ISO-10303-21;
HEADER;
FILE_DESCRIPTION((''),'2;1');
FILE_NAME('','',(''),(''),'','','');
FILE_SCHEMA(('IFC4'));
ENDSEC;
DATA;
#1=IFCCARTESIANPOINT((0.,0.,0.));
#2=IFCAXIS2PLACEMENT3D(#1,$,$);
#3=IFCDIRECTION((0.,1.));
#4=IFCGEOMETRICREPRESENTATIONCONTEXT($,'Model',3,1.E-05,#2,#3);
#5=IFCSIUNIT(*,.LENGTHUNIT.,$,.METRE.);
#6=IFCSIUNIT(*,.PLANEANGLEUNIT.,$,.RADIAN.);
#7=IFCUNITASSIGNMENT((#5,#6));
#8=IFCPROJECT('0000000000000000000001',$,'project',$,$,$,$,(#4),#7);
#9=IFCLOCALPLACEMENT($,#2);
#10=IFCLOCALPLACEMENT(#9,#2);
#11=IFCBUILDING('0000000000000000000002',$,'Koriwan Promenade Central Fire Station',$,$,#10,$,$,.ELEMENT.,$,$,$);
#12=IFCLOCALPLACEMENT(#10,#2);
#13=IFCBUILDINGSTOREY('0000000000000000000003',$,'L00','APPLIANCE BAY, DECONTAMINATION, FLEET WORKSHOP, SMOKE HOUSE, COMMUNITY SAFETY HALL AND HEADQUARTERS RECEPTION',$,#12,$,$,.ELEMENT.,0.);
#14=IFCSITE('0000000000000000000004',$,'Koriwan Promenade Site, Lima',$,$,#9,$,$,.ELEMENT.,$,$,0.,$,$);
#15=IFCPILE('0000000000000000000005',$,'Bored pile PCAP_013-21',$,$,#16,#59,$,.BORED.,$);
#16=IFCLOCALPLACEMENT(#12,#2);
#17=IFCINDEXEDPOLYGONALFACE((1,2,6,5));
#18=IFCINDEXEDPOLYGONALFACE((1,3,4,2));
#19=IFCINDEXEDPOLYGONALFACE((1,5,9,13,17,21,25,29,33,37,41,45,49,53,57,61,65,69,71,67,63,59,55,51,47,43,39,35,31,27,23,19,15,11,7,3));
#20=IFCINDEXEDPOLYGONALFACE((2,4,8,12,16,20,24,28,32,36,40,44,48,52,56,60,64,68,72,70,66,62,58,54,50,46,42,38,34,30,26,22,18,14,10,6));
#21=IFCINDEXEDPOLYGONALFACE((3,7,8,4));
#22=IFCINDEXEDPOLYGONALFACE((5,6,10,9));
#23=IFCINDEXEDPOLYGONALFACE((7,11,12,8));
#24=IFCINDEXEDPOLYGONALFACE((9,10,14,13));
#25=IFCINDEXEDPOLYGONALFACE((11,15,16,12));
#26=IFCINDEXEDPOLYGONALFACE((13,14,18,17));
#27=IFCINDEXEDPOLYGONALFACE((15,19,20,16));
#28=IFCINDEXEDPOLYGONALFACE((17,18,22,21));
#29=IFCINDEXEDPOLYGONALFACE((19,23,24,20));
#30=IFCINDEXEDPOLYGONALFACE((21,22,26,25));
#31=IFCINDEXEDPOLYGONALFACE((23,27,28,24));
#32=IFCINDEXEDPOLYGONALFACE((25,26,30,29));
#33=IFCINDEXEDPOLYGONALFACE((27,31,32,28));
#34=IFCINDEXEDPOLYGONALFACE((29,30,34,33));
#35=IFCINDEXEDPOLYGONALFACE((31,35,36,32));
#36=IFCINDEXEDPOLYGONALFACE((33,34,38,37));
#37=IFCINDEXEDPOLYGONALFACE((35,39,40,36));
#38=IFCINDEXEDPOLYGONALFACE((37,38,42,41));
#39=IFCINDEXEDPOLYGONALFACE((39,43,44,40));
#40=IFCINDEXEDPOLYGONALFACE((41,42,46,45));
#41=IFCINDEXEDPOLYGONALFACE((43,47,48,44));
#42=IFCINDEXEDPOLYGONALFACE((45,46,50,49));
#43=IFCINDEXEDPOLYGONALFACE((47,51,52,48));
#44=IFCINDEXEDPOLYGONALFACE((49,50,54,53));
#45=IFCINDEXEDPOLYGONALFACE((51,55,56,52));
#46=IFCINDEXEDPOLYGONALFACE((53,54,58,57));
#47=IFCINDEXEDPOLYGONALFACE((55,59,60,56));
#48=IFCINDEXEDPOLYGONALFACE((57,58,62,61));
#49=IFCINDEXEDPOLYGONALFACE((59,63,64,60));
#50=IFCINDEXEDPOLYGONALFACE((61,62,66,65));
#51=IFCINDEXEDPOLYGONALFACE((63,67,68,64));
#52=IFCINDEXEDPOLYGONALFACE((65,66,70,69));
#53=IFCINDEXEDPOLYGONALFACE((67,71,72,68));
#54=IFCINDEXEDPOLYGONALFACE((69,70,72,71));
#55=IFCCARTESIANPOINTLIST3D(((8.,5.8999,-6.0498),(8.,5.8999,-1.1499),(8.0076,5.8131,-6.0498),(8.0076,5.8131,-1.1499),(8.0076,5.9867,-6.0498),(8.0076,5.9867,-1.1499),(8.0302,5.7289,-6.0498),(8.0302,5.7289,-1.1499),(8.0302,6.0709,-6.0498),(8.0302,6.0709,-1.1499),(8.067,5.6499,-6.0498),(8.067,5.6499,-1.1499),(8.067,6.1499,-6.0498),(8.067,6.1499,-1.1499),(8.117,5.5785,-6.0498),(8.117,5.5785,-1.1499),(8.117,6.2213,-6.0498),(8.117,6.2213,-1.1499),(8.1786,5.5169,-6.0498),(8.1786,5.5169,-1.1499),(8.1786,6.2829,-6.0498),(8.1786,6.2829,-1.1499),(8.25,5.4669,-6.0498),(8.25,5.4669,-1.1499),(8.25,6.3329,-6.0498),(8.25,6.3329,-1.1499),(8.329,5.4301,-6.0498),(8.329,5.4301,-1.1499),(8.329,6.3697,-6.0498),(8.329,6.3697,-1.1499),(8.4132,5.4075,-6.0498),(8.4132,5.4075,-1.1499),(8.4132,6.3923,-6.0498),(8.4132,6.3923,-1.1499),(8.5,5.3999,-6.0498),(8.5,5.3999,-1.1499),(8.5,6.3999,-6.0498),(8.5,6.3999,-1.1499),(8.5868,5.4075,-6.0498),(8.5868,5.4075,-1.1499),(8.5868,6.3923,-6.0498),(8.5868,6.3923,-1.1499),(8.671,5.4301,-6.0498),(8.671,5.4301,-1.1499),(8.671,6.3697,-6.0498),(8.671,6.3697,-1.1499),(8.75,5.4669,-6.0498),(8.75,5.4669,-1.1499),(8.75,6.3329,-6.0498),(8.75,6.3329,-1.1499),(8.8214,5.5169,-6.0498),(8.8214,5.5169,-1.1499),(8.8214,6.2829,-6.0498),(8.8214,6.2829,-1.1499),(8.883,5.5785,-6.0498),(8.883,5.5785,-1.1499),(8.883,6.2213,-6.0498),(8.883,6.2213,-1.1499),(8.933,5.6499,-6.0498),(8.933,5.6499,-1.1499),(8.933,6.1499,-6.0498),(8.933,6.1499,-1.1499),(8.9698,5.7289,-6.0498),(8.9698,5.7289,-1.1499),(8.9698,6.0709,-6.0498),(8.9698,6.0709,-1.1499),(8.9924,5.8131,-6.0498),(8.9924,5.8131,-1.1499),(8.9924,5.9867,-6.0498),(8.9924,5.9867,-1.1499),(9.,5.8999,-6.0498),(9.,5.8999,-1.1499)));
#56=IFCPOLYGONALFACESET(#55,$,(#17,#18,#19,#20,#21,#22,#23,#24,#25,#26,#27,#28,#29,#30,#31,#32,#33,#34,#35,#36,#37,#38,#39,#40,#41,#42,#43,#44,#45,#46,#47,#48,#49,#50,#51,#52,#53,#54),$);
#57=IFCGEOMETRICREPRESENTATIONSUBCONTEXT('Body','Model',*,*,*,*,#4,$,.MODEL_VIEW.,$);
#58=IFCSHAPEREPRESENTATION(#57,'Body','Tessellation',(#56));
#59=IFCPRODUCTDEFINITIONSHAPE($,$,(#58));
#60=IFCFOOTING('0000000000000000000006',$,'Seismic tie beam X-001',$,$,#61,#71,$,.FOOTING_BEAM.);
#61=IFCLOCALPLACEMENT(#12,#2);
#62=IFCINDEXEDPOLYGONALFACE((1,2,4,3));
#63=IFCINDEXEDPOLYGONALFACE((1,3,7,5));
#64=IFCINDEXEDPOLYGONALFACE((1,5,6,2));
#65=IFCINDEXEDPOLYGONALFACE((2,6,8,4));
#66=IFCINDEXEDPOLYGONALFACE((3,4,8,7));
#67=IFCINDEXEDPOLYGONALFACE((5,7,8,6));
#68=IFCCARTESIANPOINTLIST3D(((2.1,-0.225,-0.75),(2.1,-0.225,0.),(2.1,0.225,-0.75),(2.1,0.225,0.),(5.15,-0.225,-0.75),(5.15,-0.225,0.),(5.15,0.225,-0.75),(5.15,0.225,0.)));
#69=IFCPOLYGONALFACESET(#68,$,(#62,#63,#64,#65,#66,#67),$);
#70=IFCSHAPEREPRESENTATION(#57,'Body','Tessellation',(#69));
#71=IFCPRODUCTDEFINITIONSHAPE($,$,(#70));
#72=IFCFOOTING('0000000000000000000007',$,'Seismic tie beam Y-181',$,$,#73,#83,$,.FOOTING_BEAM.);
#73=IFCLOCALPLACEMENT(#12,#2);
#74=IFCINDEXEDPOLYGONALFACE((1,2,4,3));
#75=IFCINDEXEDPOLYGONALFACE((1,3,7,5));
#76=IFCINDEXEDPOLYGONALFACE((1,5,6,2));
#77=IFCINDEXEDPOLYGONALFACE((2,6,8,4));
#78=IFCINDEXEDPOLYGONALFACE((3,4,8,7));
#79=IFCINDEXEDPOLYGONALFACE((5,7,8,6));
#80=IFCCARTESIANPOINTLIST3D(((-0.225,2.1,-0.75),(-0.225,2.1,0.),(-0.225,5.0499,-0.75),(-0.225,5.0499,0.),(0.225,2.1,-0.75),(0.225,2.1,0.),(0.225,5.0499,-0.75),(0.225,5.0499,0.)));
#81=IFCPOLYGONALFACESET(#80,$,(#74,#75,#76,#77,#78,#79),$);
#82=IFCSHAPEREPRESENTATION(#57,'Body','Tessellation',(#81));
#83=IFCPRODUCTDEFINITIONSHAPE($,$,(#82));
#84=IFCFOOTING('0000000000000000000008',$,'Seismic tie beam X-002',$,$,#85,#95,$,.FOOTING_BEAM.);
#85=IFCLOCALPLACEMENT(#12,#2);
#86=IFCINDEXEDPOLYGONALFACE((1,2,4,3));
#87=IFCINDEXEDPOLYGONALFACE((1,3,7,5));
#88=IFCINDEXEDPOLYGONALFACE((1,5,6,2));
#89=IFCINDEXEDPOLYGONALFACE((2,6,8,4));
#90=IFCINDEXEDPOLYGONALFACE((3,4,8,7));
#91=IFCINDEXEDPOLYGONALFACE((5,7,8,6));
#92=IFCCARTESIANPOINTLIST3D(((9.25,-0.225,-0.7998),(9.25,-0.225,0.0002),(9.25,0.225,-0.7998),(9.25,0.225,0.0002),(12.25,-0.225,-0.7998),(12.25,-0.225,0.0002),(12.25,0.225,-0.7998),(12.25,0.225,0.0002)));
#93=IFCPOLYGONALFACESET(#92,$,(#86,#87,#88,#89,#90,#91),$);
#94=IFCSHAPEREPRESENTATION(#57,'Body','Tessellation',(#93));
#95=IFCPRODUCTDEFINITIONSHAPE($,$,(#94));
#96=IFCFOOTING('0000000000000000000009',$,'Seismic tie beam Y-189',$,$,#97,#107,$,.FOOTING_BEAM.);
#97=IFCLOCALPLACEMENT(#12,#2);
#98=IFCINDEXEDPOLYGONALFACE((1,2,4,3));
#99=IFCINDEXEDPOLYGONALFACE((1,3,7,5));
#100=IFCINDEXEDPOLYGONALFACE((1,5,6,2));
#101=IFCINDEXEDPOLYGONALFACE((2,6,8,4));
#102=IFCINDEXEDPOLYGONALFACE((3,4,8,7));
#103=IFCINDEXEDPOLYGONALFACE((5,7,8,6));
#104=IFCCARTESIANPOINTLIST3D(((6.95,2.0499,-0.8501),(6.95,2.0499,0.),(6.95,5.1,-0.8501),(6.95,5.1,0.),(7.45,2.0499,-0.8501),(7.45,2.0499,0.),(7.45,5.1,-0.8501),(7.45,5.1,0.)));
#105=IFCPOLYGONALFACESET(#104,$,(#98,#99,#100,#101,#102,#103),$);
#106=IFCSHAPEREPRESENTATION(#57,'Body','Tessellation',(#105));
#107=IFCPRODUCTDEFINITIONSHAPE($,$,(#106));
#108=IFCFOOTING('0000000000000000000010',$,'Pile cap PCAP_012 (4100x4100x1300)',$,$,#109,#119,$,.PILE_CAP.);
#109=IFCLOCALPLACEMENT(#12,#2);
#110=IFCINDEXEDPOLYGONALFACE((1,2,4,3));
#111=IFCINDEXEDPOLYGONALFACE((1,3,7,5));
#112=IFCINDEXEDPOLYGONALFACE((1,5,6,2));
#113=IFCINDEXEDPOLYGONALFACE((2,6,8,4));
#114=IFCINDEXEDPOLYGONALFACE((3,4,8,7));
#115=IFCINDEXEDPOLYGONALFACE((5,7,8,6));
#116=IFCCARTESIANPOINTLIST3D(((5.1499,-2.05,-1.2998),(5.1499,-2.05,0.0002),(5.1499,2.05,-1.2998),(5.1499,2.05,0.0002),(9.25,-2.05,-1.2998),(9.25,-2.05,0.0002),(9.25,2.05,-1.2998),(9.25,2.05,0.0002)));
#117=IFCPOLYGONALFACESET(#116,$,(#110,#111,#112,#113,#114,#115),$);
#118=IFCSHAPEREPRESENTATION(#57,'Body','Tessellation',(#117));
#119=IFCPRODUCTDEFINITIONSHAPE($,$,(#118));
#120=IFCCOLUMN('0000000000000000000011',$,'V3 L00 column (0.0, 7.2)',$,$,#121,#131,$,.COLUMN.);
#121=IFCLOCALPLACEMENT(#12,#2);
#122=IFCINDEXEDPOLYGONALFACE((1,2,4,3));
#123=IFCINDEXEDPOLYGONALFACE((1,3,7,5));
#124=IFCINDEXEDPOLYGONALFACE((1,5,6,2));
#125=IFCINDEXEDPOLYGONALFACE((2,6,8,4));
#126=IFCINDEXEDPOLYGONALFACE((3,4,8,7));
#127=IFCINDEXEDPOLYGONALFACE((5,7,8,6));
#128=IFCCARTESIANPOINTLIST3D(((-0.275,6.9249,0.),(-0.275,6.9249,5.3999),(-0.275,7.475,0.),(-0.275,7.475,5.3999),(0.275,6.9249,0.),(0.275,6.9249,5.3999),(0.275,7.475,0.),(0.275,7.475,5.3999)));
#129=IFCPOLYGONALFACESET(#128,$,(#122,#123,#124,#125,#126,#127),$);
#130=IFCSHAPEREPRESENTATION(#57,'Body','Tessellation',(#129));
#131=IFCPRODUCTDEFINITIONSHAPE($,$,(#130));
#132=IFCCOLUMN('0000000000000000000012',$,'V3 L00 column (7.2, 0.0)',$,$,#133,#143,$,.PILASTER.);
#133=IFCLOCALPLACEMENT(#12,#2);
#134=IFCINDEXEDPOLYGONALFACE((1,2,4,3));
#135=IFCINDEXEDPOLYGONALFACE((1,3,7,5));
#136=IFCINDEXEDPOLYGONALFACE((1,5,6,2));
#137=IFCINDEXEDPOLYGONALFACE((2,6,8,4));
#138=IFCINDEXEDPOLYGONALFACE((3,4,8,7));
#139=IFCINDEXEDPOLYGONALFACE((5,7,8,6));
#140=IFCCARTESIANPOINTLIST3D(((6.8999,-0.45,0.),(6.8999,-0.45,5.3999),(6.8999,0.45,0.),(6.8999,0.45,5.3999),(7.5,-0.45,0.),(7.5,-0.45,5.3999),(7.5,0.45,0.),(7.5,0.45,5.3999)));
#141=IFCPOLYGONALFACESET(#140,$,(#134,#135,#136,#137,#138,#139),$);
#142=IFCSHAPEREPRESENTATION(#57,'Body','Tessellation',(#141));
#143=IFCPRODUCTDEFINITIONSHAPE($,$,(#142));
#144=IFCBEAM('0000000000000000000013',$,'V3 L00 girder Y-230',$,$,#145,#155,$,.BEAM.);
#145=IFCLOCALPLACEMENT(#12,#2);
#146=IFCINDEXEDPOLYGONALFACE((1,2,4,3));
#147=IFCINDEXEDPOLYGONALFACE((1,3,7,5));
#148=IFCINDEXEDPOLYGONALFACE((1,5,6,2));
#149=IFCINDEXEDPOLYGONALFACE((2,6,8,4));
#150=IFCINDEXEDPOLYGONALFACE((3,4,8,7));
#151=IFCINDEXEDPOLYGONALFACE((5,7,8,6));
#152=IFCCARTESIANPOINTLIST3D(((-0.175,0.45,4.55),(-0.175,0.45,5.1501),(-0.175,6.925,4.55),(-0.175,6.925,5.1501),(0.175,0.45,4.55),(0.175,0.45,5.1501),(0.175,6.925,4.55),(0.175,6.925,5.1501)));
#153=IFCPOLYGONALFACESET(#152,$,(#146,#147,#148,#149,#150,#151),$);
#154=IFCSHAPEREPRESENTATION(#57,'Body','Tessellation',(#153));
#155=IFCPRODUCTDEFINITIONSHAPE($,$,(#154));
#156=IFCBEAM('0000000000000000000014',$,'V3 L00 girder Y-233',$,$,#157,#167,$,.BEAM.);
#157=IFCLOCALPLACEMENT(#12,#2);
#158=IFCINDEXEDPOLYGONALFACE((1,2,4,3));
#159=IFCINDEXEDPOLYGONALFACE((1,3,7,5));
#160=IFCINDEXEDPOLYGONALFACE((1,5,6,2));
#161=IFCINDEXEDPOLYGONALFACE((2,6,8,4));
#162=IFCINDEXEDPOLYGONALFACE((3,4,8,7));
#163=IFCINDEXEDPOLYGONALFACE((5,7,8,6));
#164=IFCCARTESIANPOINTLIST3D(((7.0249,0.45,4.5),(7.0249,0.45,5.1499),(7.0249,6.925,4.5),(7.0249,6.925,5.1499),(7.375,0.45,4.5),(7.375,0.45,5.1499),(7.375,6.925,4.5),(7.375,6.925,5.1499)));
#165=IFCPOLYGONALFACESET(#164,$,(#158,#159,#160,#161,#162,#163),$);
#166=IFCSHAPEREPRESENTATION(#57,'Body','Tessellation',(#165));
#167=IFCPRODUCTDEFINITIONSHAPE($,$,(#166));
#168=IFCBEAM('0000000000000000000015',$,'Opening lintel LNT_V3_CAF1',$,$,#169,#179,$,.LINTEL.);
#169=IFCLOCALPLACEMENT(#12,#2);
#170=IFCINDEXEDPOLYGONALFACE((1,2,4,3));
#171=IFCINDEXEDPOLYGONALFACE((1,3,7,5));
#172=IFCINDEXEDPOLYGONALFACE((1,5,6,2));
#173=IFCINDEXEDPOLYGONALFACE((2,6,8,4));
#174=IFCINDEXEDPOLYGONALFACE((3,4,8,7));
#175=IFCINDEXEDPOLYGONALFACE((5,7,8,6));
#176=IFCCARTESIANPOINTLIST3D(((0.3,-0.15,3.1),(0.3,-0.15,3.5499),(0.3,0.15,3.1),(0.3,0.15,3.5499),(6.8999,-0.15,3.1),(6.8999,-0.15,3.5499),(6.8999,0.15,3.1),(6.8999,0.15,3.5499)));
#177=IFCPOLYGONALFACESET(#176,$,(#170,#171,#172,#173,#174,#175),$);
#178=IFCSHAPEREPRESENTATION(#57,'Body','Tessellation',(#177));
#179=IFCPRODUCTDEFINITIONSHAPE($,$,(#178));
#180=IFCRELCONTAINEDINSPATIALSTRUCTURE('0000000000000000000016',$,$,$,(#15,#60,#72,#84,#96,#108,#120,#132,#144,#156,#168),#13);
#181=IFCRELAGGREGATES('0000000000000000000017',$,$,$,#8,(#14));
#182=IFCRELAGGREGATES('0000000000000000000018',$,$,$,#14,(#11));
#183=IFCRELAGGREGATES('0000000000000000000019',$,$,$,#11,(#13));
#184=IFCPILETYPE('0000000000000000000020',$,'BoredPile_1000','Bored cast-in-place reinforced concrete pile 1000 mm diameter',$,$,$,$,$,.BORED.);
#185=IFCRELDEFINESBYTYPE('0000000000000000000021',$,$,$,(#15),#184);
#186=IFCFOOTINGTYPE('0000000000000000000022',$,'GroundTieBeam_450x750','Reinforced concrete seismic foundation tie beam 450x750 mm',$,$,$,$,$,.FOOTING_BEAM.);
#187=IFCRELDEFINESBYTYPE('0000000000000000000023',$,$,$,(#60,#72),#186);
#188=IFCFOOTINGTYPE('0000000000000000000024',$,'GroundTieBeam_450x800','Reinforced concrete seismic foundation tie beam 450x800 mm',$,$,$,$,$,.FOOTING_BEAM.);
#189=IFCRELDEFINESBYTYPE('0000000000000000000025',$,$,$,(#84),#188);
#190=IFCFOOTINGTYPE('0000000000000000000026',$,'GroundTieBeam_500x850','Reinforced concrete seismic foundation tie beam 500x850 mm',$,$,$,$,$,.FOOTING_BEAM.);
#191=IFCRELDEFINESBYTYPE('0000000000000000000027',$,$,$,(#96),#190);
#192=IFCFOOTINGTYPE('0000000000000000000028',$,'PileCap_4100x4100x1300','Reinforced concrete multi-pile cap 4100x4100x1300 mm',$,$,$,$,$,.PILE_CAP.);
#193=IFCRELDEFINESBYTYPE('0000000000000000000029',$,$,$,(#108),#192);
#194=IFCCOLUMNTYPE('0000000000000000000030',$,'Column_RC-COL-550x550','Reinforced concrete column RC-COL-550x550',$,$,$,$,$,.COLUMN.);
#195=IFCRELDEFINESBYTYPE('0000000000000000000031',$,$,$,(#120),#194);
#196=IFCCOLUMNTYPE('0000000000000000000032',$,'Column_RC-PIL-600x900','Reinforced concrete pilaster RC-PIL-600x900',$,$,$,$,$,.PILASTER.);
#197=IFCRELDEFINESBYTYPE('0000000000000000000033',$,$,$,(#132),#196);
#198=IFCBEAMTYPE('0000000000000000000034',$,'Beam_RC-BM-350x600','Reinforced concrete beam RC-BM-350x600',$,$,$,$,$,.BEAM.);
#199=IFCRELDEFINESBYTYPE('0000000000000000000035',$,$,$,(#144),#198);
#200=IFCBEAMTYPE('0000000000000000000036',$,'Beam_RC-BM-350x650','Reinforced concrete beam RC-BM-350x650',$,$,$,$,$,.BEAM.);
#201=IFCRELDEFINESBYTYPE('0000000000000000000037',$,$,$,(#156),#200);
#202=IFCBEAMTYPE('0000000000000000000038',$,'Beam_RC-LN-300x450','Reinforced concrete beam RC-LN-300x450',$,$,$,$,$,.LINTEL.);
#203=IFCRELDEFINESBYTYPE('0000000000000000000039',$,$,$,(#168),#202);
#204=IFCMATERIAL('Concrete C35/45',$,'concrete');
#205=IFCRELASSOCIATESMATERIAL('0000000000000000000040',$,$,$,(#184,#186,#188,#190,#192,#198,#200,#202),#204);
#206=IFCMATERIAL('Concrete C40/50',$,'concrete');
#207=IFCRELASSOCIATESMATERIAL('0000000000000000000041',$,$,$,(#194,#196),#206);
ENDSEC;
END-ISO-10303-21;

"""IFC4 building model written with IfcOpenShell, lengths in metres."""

from ifc_helpers import new_model, si_unit, direction, frame, origin, origin_2d, place, context, subcontext, project, spatial, rectangle, circle, extrude, material, material_profile, profile_set, type_object, element, save


model = new_model("IFC4")

# Units and contexts
model_context = context("Model", 3, precision=1e-05, world=origin(), true_north=direction((0.0, 1.0)))
body_context = subcontext(model_context, "Body", "Model", "MODEL_VIEW")
ifc_project = project(units=[si_unit("LENGTHUNIT", "METRE"), si_unit("PLANEANGLEUNIT", "RADIAN")], contexts=[model_context])

# Site, building, storey
site_placement = place(None, origin())
site = spatial("IfcSite", under=ifc_project, at=site_placement, Name="Koriwan Promenade Site, Lima", CompositionType="ELEMENT", RefElevation=0.0)
building_placement = place(site_placement, origin())
building = spatial("IfcBuilding", under=site, at=building_placement, Name="Koriwan Promenade Central Fire Station", CompositionType="ELEMENT")
storey_placement = place(building_placement, origin())
storey = spatial("IfcBuildingStorey", under=building, at=storey_placement, Name="L00", Description="APPLIANCE BAY, DECONTAMINATION, FLEET WORKSHOP, SMOKE HOUSE, COMMUNITY SAFETY HALL AND HEADQUARTERS RECEPTION", CompositionType="ELEMENT", Elevation=0.0)

# Pile
ifc_material_1 = material(Name="Concrete C35/45", Category="concrete")
ifc_material_profile_1 = material_profile(ifc_material_1, circle(Radius=0.5, at=origin_2d()), Name="PILE-D1000")
ifc_profile_set_1 = profile_set([ifc_material_profile_1], Name="Concrete C35/45")
pile_type = type_object("IfcPileType", Name="BoredPile_1000", Description="Bored cast-in-place reinforced concrete pile 1000 mm diameter", PredefinedType="BORED", material=ifc_profile_set_1)
for number, where, z_axis, x_axis, name in (
    (1, (8.5, 5.8999, -1.1499), (0.0, 0.0, -1.0), (1.0, 0.0, 0.0), "Bored pile PCAP_013-21"),
):
    element("IfcPile", number, at=place(storey_placement, frame(where, z_axis=z_axis, x_axis=x_axis)), inside=storey, type_object=pile_type, Name=name, PredefinedType="BORED", context=body_context, shape_type="SweptSolid", body=[
        extrude(circle(Radius=0.5, at=origin_2d()), origin(), (0.0, 0.0, 1.0), 4.8999),
    ])

# Footings
footing_type_1 = type_object("IfcFootingType", Name="GroundTieBeam_450x750", Description="Reinforced concrete seismic foundation tie beam 450x750 mm", PredefinedType="FOOTING_BEAM", material=ifc_material_1)
footing_1_placement = place(storey_placement, frame((3.625, 0.0, -0.75), z_axis=(0.0, 0.0, 1.0), x_axis=(1.0, 0.0, 0.0)))
element("IfcFooting", 2, at=footing_1_placement, inside=storey, type_object=footing_type_1, Name="Seismic tie beam X-001", PredefinedType="FOOTING_BEAM", context=body_context, shape_type="SweptSolid", body=[
    extrude(rectangle(XDim=3.05, YDim=0.45, at=origin_2d()), origin(), (0.0, 0.0, 1.0), 0.75),
])
footing_2_placement = place(storey_placement, frame((0.0, 3.575, -0.75), z_axis=(0.0, 0.0, 1.0), x_axis=(0.0, 1.0, 0.0)))
element("IfcFooting", 3, at=footing_2_placement, inside=storey, type_object=footing_type_1, Name="Seismic tie beam Y-181", PredefinedType="FOOTING_BEAM", context=body_context, shape_type="SweptSolid", body=[
    extrude(rectangle(XDim=2.95, YDim=0.45, at=origin_2d()), origin(), (0.0, 0.0, 1.0), 0.75),
])
footing_type_2 = type_object("IfcFootingType", Name="GroundTieBeam_450x800", Description="Reinforced concrete seismic foundation tie beam 450x800 mm", PredefinedType="FOOTING_BEAM", material=ifc_material_1)
footing_3_placement = place(storey_placement, frame((10.75, 0.0, -0.7998), z_axis=(0.0, 0.0, 1.0), x_axis=(1.0, 0.0, 0.0)))
element("IfcFooting", 4, at=footing_3_placement, inside=storey, type_object=footing_type_2, Name="Seismic tie beam X-002", PredefinedType="FOOTING_BEAM", context=body_context, shape_type="SweptSolid", body=[
    extrude(rectangle(XDim=3.0, YDim=0.45, at=origin_2d()), origin(), (0.0, 0.0, 1.0), 0.8),
])
footing_type_3 = type_object("IfcFootingType", Name="GroundTieBeam_500x850", Description="Reinforced concrete seismic foundation tie beam 500x850 mm", PredefinedType="FOOTING_BEAM", material=ifc_material_1)
footing_4_placement = place(storey_placement, frame((7.2, 3.575, -0.8501), z_axis=(0.0, 0.0, 1.0), x_axis=(0.0, 1.0, 0.0)))
element("IfcFooting", 5, at=footing_4_placement, inside=storey, type_object=footing_type_3, Name="Seismic tie beam Y-189", PredefinedType="FOOTING_BEAM", context=body_context, shape_type="SweptSolid", body=[
    extrude(rectangle(XDim=3.05, YDim=0.5, at=origin_2d()), origin(), (0.0, 0.0, 1.0), 0.8501),
])
footing_type_4 = type_object("IfcFootingType", Name="PileCap_4100x4100x1300", Description="Reinforced concrete multi-pile cap 4100x4100x1300 mm", PredefinedType="PILE_CAP", material=ifc_material_1)
footing_5_placement = place(storey_placement, frame((7.2, 0.0, -1.2998), z_axis=(0.0, 0.0, 1.0), x_axis=(1.0, 0.0, 0.0)))
element("IfcFooting", 6, at=footing_5_placement, inside=storey, type_object=footing_type_4, Name="Pile cap PCAP_012 (4100x4100x1300)", PredefinedType="PILE_CAP", context=body_context, shape_type="SweptSolid", body=[
    extrude(rectangle(XDim=4.1001, YDim=4.1001, at=origin_2d()), origin(), (0.0, 0.0, 1.0), 1.3),
])

# Columns
ifc_material_2 = material(Name="Concrete C40/50", Category="concrete")
ifc_material_profile_2 = material_profile(ifc_material_2, rectangle(XDim=0.55, YDim=0.55, at=origin_2d()), Name="RC-COL-550x550")
ifc_profile_set_2 = profile_set([ifc_material_profile_2], Name="Concrete C40/50")
column_type_1 = type_object("IfcColumnType", Name="Column_RC-COL-550x550", Description="Reinforced concrete column RC-COL-550x550", PredefinedType="COLUMN", material=ifc_profile_set_2)
column_1_placement = place(storey_placement, frame((0.0, 7.2, 0.0), z_axis=(0.0, 0.0, 1.0), x_axis=(1.0, 0.0, 0.0)))
element("IfcColumn", 7, at=column_1_placement, inside=storey, type_object=column_type_1, Name="V3 L00 column (0.0, 7.2)", PredefinedType="COLUMN", context=body_context, shape_type="SweptSolid", body=[
    extrude(rectangle(XDim=0.55, YDim=0.55, at=origin_2d()), origin(), (0.0, 0.0, 1.0), 5.3999),
])
ifc_material_profile_3 = material_profile(ifc_material_2, rectangle(XDim=0.6001, YDim=0.8999, at=origin_2d()), Name="RC-PIL-600x900")
ifc_profile_set_3 = profile_set([ifc_material_profile_3], Name="Concrete C40/50")
column_type_2 = type_object("IfcColumnType", Name="Column_RC-PIL-600x900", Description="Reinforced concrete pilaster RC-PIL-600x900", PredefinedType="PILASTER", material=ifc_profile_set_3)
column_2_placement = place(storey_placement, frame((7.2, 0.0, 0.0), z_axis=(0.0, 0.0, 1.0), x_axis=(1.0, 0.0, 0.0)))
element("IfcColumn", 8, at=column_2_placement, inside=storey, type_object=column_type_2, Name="V3 L00 column (7.2, 0.0)", PredefinedType="PILASTER", context=body_context, shape_type="SweptSolid", body=[
    extrude(rectangle(XDim=0.6001, YDim=0.8999, at=origin_2d()), origin(), (0.0, 0.0, 1.0), 5.3999),
])

# Beams
ifc_material_profile_4 = material_profile(ifc_material_1, rectangle(XDim=0.3501, YDim=0.6001, at=origin_2d()), Name="RC-BM-350x600")
ifc_profile_set_4 = profile_set([ifc_material_profile_4], Name="Concrete C35/45")
beam_type_1 = type_object("IfcBeamType", Name="Beam_RC-BM-350x600", Description="Reinforced concrete beam RC-BM-350x600", PredefinedType="BEAM", material=ifc_profile_set_4)
beam_1_placement = place(storey_placement, frame((0.0, 0.45, 4.8501), z_axis=(0.0, 1.0, 0.0), x_axis=(-1.0, 0.0, 0.0)))
element("IfcBeam", 9, at=beam_1_placement, inside=storey, type_object=beam_type_1, Name="V3 L00 girder Y-230", PredefinedType="BEAM", context=body_context, shape_type="SweptSolid", body=[
    extrude(rectangle(XDim=0.3501, YDim=0.6001, at=origin_2d()), origin(), (0.0, 0.0, 1.0), 6.4751),
])
ifc_material_profile_5 = material_profile(ifc_material_1, rectangle(XDim=0.3501, YDim=0.6499, at=origin_2d()), Name="RC-BM-350x650")
ifc_profile_set_5 = profile_set([ifc_material_profile_5], Name="Concrete C35/45")
beam_type_2 = type_object("IfcBeamType", Name="Beam_RC-BM-350x650", Description="Reinforced concrete beam RC-BM-350x650", PredefinedType="BEAM", material=ifc_profile_set_5)
beam_2_placement = place(storey_placement, frame((7.2, 0.45, 4.825), z_axis=(0.0, 1.0, 0.0), x_axis=(-1.0, 0.0, 0.0)))
element("IfcBeam", 10, at=beam_2_placement, inside=storey, type_object=beam_type_2, Name="V3 L00 girder Y-233", PredefinedType="BEAM", context=body_context, shape_type="SweptSolid", body=[
    extrude(rectangle(XDim=0.3501, YDim=0.6499, at=origin_2d()), origin(), (0.0, 0.0, 1.0), 6.4751),
])
ifc_material_profile_6 = material_profile(ifc_material_1, rectangle(XDim=0.3, YDim=0.45, at=origin_2d()), Name="RC-LN-300x450")
ifc_profile_set_6 = profile_set([ifc_material_profile_6], Name="Concrete C35/45")
beam_type_3 = type_object("IfcBeamType", Name="Beam_RC-LN-300x450", Description="Reinforced concrete beam RC-LN-300x450", PredefinedType="LINTEL", material=ifc_profile_set_6)
beam_3_placement = place(storey_placement, frame((0.3, 0.0, 3.325), z_axis=(1.0, 0.0, 0.0), x_axis=(0.0, 1.0, 0.0)))
element("IfcBeam", 11, at=beam_3_placement, inside=storey, type_object=beam_type_3, Name="Opening lintel LNT_V3_CAF1", PredefinedType="LINTEL", context=body_context, shape_type="SweptSolid", body=[
    extrude(rectangle(XDim=0.3, YDim=0.45, at=origin_2d()), origin(), (0.0, 0.0, 1.0), 6.5999),
])

save(model, "model.ifc")
